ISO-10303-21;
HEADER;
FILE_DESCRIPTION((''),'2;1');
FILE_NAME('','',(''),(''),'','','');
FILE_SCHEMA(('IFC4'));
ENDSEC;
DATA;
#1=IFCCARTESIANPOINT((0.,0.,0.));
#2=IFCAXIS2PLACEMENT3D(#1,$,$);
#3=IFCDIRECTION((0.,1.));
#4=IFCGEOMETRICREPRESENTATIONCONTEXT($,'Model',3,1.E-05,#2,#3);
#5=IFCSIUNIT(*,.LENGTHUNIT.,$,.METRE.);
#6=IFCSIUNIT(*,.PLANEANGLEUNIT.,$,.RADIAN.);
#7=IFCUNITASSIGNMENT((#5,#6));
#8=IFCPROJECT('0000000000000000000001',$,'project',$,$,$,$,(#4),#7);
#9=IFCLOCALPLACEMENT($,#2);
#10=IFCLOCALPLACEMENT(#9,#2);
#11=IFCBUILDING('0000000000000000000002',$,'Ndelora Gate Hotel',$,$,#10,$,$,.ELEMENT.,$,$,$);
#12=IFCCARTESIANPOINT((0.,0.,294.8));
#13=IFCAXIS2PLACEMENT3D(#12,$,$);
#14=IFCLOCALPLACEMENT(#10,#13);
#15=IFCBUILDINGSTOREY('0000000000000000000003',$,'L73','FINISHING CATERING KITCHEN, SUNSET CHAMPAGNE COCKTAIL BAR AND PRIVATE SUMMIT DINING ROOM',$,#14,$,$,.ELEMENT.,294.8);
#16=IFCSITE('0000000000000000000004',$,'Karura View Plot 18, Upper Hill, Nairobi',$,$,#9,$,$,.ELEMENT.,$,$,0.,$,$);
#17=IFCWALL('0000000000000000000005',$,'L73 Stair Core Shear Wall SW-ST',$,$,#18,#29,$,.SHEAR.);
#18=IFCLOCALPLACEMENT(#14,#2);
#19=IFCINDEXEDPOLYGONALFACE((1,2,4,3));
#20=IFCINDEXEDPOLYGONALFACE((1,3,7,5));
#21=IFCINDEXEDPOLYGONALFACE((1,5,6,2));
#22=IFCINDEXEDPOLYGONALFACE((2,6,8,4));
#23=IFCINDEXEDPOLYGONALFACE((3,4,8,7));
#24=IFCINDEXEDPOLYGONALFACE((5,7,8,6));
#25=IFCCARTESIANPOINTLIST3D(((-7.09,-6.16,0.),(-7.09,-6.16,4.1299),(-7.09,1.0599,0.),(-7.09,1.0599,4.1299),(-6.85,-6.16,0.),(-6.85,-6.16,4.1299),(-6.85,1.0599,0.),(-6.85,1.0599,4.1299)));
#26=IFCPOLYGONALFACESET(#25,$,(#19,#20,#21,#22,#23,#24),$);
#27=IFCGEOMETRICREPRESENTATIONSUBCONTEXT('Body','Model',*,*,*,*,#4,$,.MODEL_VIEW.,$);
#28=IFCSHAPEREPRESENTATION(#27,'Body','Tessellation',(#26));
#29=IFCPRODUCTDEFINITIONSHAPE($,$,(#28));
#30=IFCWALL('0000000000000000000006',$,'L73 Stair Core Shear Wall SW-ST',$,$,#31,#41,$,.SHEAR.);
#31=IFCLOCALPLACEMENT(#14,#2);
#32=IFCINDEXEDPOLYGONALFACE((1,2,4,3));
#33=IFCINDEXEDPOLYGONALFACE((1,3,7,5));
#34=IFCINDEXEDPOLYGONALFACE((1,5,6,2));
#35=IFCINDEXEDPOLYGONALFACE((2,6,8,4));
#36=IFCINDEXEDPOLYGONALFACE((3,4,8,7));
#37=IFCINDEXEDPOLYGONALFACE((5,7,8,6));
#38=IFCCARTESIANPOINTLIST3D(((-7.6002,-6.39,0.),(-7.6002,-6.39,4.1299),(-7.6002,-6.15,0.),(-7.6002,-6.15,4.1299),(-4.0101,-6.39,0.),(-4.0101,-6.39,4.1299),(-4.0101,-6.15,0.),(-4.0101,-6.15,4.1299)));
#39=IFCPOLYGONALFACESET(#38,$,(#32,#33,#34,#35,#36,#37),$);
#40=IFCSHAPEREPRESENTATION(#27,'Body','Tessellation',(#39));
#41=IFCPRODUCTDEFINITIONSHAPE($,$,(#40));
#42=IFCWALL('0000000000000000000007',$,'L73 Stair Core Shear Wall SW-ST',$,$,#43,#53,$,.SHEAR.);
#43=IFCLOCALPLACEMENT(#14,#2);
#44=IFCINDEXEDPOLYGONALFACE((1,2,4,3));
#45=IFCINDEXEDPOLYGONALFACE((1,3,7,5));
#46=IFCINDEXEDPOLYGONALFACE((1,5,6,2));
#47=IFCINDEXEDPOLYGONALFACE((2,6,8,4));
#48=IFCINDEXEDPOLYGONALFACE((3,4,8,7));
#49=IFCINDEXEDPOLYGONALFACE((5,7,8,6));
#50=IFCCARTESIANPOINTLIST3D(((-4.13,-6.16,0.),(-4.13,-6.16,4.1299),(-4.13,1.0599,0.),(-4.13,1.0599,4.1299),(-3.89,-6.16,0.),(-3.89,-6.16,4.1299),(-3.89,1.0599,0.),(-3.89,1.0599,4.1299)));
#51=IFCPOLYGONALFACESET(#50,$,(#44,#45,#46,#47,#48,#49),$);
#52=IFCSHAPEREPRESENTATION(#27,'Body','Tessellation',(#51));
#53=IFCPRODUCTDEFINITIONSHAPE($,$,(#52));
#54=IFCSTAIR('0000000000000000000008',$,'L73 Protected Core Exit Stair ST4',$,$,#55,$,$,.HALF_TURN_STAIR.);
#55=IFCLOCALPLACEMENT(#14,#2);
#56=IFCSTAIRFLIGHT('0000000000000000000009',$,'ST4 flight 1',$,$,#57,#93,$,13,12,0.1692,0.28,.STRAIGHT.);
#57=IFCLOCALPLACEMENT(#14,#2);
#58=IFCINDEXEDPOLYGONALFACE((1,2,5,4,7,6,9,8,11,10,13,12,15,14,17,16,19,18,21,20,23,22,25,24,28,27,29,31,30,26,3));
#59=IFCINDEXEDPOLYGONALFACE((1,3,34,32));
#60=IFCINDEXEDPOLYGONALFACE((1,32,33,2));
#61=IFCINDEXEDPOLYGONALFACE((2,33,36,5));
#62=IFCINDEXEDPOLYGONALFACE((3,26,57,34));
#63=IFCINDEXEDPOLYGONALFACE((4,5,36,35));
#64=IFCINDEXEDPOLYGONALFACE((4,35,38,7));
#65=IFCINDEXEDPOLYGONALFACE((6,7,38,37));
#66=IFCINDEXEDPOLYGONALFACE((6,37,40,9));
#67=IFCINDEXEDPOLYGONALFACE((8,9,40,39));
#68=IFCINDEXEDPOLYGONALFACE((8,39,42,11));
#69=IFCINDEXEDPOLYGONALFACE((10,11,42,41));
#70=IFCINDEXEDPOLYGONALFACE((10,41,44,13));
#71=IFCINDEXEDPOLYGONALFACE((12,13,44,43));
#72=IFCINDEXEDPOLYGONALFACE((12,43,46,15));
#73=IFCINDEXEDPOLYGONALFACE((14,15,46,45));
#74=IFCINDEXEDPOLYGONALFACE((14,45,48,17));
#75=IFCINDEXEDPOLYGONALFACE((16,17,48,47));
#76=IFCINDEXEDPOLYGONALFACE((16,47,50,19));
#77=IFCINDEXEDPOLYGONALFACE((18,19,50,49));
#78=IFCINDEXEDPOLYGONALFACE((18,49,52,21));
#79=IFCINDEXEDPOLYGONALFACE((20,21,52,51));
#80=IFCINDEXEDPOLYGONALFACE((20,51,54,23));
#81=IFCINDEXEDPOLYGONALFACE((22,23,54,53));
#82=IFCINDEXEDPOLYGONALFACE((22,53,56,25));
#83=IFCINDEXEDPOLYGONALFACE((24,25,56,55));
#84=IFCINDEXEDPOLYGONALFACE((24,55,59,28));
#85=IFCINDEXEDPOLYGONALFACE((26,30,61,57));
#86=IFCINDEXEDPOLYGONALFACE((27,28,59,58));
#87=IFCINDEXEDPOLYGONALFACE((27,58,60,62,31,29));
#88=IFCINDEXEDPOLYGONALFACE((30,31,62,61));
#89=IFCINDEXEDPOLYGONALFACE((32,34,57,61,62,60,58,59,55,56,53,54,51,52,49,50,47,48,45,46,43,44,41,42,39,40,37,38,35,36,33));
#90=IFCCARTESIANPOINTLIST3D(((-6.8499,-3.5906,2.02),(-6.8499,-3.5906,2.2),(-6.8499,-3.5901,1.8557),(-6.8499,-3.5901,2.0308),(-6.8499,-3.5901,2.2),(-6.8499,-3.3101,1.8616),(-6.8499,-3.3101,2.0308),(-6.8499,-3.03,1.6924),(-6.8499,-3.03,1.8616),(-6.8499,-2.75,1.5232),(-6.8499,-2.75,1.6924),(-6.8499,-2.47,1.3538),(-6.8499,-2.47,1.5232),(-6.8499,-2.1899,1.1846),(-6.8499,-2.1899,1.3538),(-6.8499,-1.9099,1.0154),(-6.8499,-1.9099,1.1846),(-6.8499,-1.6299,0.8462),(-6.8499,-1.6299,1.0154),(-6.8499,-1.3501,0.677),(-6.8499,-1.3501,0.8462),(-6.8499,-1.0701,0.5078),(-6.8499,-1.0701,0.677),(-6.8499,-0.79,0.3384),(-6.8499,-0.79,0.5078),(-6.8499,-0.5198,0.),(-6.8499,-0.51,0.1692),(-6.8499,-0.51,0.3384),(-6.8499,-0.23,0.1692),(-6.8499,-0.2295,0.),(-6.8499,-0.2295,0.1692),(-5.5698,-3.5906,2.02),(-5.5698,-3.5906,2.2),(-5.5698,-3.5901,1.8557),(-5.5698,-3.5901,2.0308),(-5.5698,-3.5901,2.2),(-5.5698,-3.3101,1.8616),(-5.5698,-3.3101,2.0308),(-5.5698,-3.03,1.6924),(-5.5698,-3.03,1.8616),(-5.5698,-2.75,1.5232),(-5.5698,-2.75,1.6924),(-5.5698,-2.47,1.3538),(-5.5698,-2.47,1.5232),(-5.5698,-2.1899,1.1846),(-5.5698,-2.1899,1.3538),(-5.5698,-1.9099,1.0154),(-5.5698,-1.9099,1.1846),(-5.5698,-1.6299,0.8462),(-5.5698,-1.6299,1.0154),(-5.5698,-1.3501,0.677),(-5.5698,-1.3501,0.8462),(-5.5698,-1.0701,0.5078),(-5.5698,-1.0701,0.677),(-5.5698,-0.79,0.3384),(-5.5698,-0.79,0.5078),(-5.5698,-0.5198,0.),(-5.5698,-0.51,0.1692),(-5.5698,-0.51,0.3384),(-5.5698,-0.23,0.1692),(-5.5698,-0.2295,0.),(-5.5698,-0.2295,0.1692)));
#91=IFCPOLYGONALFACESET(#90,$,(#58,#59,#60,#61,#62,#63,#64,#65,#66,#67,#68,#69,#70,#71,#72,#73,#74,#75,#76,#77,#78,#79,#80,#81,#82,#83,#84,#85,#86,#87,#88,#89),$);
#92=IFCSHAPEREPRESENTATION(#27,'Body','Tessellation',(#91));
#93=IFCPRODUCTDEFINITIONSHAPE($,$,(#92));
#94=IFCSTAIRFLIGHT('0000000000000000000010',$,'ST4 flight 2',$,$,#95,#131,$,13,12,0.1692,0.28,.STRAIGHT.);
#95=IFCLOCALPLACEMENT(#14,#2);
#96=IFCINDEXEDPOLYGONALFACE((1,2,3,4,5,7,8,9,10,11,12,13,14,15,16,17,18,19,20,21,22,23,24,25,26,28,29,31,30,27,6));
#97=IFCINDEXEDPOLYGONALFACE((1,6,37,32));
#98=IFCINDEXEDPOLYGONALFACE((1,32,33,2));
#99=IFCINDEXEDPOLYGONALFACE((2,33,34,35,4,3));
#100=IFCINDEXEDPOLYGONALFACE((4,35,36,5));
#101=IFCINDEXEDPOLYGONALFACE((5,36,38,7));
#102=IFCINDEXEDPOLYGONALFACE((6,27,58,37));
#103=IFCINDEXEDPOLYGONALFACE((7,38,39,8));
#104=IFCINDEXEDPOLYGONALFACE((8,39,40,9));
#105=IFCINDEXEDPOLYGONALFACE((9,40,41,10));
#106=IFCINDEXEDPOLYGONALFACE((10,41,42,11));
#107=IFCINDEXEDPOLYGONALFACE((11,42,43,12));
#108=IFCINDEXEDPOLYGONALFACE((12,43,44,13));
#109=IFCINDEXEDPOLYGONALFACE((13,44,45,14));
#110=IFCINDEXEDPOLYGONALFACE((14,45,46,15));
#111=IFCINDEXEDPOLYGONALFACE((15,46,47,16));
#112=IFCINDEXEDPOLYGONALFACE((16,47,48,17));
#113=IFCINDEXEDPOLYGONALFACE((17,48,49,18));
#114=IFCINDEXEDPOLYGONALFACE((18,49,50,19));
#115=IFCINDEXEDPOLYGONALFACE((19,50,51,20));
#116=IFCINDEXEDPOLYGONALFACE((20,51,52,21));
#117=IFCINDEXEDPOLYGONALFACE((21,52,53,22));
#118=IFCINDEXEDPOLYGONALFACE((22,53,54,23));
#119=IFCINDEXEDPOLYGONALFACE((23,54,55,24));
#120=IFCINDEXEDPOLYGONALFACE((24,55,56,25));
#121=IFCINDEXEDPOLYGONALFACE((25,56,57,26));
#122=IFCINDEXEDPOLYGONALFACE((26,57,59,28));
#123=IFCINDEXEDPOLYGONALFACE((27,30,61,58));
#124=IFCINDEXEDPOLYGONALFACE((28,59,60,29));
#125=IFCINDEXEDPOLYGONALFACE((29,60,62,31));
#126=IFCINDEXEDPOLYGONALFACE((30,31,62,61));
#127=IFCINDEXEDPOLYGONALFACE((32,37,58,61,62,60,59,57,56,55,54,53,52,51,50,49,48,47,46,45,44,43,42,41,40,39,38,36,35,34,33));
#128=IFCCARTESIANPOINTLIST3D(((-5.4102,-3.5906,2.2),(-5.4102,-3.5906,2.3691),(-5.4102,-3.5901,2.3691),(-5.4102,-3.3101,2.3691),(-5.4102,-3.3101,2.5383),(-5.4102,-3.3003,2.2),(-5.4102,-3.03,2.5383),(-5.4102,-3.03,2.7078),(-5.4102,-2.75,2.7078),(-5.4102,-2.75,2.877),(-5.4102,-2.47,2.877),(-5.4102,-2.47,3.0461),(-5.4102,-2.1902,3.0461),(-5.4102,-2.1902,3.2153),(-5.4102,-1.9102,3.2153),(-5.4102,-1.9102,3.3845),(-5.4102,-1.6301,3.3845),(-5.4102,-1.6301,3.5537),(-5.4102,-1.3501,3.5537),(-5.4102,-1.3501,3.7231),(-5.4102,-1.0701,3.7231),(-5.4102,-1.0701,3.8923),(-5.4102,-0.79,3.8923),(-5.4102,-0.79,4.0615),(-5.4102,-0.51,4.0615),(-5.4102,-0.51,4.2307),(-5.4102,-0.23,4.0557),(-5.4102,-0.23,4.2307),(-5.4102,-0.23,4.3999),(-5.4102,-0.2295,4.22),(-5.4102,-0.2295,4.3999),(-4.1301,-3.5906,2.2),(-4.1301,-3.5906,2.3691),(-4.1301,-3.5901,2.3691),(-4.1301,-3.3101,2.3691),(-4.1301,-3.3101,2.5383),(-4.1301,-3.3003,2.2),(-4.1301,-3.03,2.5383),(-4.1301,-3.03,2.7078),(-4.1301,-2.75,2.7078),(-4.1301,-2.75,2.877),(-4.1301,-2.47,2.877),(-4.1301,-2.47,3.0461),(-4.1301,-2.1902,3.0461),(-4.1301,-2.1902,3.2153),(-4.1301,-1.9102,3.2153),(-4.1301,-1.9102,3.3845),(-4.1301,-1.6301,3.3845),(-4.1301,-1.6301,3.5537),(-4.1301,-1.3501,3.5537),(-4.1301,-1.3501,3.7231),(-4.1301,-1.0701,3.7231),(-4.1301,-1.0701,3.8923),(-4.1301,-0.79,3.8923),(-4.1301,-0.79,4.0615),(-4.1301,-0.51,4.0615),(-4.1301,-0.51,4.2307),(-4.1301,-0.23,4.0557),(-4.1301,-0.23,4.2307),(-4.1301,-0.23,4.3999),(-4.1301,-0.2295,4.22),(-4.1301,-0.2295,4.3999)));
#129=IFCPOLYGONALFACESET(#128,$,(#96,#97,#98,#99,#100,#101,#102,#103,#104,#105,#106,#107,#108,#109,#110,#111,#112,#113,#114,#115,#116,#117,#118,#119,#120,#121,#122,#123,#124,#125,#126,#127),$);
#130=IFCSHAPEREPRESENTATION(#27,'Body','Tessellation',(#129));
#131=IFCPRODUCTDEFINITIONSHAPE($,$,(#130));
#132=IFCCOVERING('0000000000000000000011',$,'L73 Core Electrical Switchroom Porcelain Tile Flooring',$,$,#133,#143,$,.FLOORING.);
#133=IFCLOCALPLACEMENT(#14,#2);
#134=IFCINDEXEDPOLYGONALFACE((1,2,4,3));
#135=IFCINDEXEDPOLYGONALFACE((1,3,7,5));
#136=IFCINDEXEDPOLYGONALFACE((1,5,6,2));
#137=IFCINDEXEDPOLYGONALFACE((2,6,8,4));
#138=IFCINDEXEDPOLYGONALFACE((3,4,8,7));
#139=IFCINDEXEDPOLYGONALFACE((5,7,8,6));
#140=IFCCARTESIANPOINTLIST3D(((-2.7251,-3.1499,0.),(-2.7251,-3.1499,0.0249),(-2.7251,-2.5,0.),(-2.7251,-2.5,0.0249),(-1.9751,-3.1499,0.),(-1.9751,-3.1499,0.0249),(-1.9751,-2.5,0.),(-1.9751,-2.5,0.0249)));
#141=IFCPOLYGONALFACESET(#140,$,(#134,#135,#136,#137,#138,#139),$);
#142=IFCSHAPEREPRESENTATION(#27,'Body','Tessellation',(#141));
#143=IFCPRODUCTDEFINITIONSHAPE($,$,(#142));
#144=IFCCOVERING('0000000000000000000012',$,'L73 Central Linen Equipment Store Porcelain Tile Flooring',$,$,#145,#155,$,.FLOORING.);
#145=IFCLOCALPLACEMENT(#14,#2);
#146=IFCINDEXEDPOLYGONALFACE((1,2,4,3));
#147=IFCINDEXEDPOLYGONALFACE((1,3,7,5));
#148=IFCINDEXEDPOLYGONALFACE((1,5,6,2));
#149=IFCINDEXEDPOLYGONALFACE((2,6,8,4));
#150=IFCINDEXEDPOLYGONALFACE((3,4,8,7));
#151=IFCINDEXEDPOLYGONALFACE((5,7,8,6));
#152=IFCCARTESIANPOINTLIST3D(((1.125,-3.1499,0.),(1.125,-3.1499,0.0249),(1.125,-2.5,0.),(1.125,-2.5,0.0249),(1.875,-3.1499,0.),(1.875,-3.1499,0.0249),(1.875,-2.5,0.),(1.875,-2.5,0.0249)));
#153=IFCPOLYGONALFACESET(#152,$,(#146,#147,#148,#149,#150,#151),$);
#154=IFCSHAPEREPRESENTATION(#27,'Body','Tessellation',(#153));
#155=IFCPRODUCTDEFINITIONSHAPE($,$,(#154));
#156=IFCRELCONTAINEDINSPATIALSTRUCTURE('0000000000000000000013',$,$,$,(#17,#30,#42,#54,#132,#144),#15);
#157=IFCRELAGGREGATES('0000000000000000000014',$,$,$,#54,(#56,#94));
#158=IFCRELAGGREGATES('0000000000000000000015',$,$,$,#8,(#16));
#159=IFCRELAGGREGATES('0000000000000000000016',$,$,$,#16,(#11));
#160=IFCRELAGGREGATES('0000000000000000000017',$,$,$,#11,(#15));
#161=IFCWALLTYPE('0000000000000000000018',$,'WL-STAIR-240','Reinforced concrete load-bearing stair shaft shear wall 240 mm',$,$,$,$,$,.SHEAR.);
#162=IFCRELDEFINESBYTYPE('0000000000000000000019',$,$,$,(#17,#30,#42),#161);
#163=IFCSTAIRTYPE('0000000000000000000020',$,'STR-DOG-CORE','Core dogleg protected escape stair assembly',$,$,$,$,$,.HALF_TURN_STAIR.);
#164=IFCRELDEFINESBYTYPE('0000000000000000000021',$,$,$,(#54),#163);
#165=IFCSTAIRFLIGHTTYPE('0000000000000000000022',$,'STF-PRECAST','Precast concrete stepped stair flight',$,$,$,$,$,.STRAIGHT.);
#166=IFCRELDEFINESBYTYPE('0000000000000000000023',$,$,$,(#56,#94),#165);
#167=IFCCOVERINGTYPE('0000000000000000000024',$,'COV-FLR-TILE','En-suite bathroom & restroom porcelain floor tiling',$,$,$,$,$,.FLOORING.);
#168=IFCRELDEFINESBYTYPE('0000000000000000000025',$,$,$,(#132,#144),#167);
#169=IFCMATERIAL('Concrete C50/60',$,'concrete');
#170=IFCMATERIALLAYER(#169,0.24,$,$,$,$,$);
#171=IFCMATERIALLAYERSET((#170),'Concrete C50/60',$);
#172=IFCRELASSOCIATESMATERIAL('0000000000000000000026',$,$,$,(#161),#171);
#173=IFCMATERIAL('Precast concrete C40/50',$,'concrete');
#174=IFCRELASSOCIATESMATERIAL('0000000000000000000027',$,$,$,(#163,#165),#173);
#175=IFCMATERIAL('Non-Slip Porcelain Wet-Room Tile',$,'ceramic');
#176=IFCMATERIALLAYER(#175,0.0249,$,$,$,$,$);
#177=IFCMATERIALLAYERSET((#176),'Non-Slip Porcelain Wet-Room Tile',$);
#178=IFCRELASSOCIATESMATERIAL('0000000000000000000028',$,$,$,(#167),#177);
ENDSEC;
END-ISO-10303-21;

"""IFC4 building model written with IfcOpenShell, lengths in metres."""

from ifc_helpers import new_model, si_unit, direction, frame, frame_2d, origin, origin_2d, place, context, subcontext, project, spatial, polyline, rectangle, outline, extrude, material, layer, layer_set, type_object, element, aggregate, save


model = new_model("IFC4")

# Units and contexts
model_context = context("Model", 3, precision=1e-05, world=origin(), true_north=direction((0.0, 1.0)))
body_context = subcontext(model_context, "Body", "Model", "MODEL_VIEW")
ifc_project = project(units=[si_unit("LENGTHUNIT", "METRE"), si_unit("PLANEANGLEUNIT", "RADIAN")], contexts=[model_context])

# Site, building, storey
site_placement = place(None, origin())
site = spatial("IfcSite", under=ifc_project, at=site_placement, Name="Karura View Plot 18, Upper Hill, Nairobi", CompositionType="ELEMENT", RefElevation=0.0)
building_placement = place(site_placement, origin())
building = spatial("IfcBuilding", under=site, at=building_placement, Name="Ndelora Gate Hotel", CompositionType="ELEMENT")
storey_placement = place(building_placement, frame((0.0, 0.0, 294.8)))
storey = spatial("IfcBuildingStorey", under=building, at=storey_placement, Name="L73", Description="FINISHING CATERING KITCHEN, SUNSET CHAMPAGNE COCKTAIL BAR AND PRIVATE SUMMIT DINING ROOM", CompositionType="ELEMENT", Elevation=294.8)

# Walls
ifc_material_1 = material(Name="Concrete C50/60", Category="concrete")
ifc_layer_1 = layer(ifc_material_1, 0.24)
ifc_layer_set_1 = layer_set([ifc_layer_1], Name="Concrete C50/60")
wall_type_1 = type_object("IfcWallType", Name="WL-STAIR-240", Description="Reinforced concrete load-bearing stair shaft shear wall 240 mm", PredefinedType="SHEAR", material=ifc_layer_set_1)
wall_1_placement = place(storey_placement, frame((-6.97, -6.1599, 0.0), z_axis=(0.0, 0.0, 1.0), x_axis=(0.0, 1.0, 0.0)))
element("IfcWall", 1, at=wall_1_placement, inside=storey, type_object=wall_type_1, Name="L73 Stair Core Shear Wall SW-ST", PredefinedType="SHEAR", context=body_context, shape_type="SweptSolid", body=[
    extrude(rectangle(XDim=7.22, YDim=0.24, at=frame_2d((3.6099, 0.0))), origin(), (0.0, 0.0, 1.0), 4.1299),
])
wall_2_placement = place(storey_placement, frame((-7.6001, -6.27, 0.0), z_axis=(0.0, 0.0, 1.0), x_axis=(1.0, 0.0, 0.0)))
element("IfcWall", 2, at=wall_2_placement, inside=storey, type_object=wall_type_1, Name="L73 Stair Core Shear Wall SW-ST", PredefinedType="SHEAR", context=body_context, shape_type="SweptSolid", body=[
    extrude(rectangle(XDim=3.5901, YDim=0.24, at=frame_2d((1.7949, 0.0))), origin(), (0.0, 0.0, 1.0), 4.1299),
])
wall_3_placement = place(storey_placement, frame((-4.01, -6.1599, 0.0), z_axis=(0.0, 0.0, 1.0), x_axis=(0.0, 1.0, 0.0)))
element("IfcWall", 3, at=wall_3_placement, inside=storey, type_object=wall_type_1, Name="L73 Stair Core Shear Wall SW-ST", PredefinedType="SHEAR", context=body_context, shape_type="SweptSolid", body=[
    extrude(rectangle(XDim=7.22, YDim=0.24, at=frame_2d((3.6099, 0.0))), origin(), (0.0, 0.0, 1.0), 4.1299),
])

# Stair, stair flights
ifc_material_2 = material(Name="Precast concrete C40/50", Category="concrete")
stair_type = type_object("IfcStairType", Name="STR-DOG-CORE", Description="Core dogleg protected escape stair assembly", PredefinedType="HALF_TURN_STAIR", material=ifc_material_2)
stair_placement = place(storey_placement, origin())
stair = element("IfcStair", 4, at=stair_placement, inside=storey, type_object=stair_type, Name="L73 Protected Core Exit Stair ST4", PredefinedType="HALF_TURN_STAIR")
stair_flight_type = type_object("IfcStairFlightType", Name="STF-PRECAST", Description="Precast concrete stepped stair flight", PredefinedType="STRAIGHT", material=ifc_material_2)
stair_flight_1_placement = place(storey_placement, frame((-6.21, -0.23, 0.0), z_axis=(0.0, 0.0, 1.0), x_axis=(0.0, -1.0, 0.0)))
stair_flight_1 = element("IfcStairFlight", 5, at=stair_flight_1_placement, type_object=stair_flight_type, Name="ST4 flight 1", NumberOfRisers=13, NumberOfTreads=12, PredefinedType="STRAIGHT", RiserHeight=0.1692, TreadLength=0.28, context=body_context, shape_type="SweptSolid", body=[
    extrude(outline(polyline([(-0.0005, 0.0), (-0.0005, 0.1692), (0.0, 0.1692), (0.28, 0.1692), (0.28, 0.3384), (0.5601, 0.3384), (0.5601, 0.5078), (0.8401, 0.5078), (0.8401, 0.677), (1.1201, 0.677), (1.1201, 0.8462), (1.3999, 0.8462), (1.3999, 1.0154), (1.6799, 1.0154), (1.6799, 1.1846), (1.96, 1.1846), (1.96, 1.3538), (2.24, 1.3538), (2.24, 1.5232), (2.52, 1.5232), (2.52, 1.6924), (2.8, 1.6924), (2.8, 1.8616), (3.0801, 1.8616), (3.0801, 2.0308), (3.3601, 2.0308), (3.3601, 2.2), (3.3606, 2.2), (3.3606, 2.02), (3.3601, 1.8557), (0.2898, 0.0), (-0.0005, 0.0)])), frame((0.0, 0.6401, 0.0), z_axis=(0.0, -1.0, 0.0), x_axis=(1.0, 0.0, 0.0)), (0.0, 0.0, 1.0), 1.28),
])
stair_flight_2_placement = place(storey_placement, frame((-4.77, -3.5901, 2.2), z_axis=(0.0, 0.0, 1.0), x_axis=(0.0, 1.0, 0.0)))
stair_flight_2 = element("IfcStairFlight", 6, at=stair_flight_2_placement, type_object=stair_flight_type, Name="ST4 flight 2", NumberOfRisers=13, NumberOfTreads=12, PredefinedType="STRAIGHT", RiserHeight=0.1692, TreadLength=0.28, context=body_context, shape_type="SweptSolid", body=[
    extrude(outline(polyline([(-0.0005, 0.0), (-0.0005, 0.1692), (0.0, 0.1692), (0.28, 0.1692), (0.28, 0.3384), (0.5601, 0.3384), (0.5601, 0.5078), (0.8401, 0.5078), (0.8401, 0.677), (1.1201, 0.677), (1.1201, 0.8462), (1.3999, 0.8462), (1.3999, 1.0154), (1.6799, 1.0154), (1.6799, 1.1846), (1.96, 1.1846), (1.96, 1.3538), (2.24, 1.3538), (2.24, 1.5232), (2.52, 1.5232), (2.52, 1.6924), (2.8, 1.6924), (2.8, 1.8616), (3.0801, 1.8616), (3.0801, 2.0308), (3.3601, 2.0308), (3.3601, 2.2), (3.3606, 2.2), (3.3606, 2.02), (3.3601, 1.8557), (0.2898, 0.0), (-0.0005, 0.0)])), frame((0.0, 0.6401, 0.0), z_axis=(0.0, -1.0, 0.0), x_axis=(1.0, 0.0, 0.0)), (0.0, 0.0, 1.0), 1.28),
])
aggregate(stair, [stair_flight_1, stair_flight_2])

# Coverings
ifc_material_3 = material(Name="Non-Slip Porcelain Wet-Room Tile", Category="ceramic")
ifc_layer_2 = layer(ifc_material_3, 0.0249)
ifc_layer_set_2 = layer_set([ifc_layer_2], Name="Non-Slip Porcelain Wet-Room Tile")
covering_type = type_object("IfcCoveringType", Name="COV-FLR-TILE", Description="En-suite bathroom & restroom porcelain floor tiling", PredefinedType="FLOORING", material=ifc_layer_set_2)
for number, where, z_axis, x_axis, name in (
    (7, (-2.3501, -2.825, 0.0), (0.0, 0.0, 1.0), (1.0, 0.0, 0.0), "L73 Core Electrical Switchroom Porcelain Tile Flooring"),
    (8, (1.5, -2.825, 0.0), (0.0, 0.0, 1.0), (1.0, 0.0, 0.0), "L73 Central Linen Equipment Store Porcelain Tile Flooring"),
):
    element("IfcCovering", number, at=place(storey_placement, frame(where, z_axis=z_axis, x_axis=x_axis)), inside=storey, type_object=covering_type, Name=name, PredefinedType="FLOORING", context=body_context, shape_type="SweptSolid", body=[
        extrude(rectangle(XDim=0.75, YDim=0.6499, at=origin_2d()), origin(), (0.0, 0.0, 1.0), 0.0249),
    ])

save(model, "model.ifc")
